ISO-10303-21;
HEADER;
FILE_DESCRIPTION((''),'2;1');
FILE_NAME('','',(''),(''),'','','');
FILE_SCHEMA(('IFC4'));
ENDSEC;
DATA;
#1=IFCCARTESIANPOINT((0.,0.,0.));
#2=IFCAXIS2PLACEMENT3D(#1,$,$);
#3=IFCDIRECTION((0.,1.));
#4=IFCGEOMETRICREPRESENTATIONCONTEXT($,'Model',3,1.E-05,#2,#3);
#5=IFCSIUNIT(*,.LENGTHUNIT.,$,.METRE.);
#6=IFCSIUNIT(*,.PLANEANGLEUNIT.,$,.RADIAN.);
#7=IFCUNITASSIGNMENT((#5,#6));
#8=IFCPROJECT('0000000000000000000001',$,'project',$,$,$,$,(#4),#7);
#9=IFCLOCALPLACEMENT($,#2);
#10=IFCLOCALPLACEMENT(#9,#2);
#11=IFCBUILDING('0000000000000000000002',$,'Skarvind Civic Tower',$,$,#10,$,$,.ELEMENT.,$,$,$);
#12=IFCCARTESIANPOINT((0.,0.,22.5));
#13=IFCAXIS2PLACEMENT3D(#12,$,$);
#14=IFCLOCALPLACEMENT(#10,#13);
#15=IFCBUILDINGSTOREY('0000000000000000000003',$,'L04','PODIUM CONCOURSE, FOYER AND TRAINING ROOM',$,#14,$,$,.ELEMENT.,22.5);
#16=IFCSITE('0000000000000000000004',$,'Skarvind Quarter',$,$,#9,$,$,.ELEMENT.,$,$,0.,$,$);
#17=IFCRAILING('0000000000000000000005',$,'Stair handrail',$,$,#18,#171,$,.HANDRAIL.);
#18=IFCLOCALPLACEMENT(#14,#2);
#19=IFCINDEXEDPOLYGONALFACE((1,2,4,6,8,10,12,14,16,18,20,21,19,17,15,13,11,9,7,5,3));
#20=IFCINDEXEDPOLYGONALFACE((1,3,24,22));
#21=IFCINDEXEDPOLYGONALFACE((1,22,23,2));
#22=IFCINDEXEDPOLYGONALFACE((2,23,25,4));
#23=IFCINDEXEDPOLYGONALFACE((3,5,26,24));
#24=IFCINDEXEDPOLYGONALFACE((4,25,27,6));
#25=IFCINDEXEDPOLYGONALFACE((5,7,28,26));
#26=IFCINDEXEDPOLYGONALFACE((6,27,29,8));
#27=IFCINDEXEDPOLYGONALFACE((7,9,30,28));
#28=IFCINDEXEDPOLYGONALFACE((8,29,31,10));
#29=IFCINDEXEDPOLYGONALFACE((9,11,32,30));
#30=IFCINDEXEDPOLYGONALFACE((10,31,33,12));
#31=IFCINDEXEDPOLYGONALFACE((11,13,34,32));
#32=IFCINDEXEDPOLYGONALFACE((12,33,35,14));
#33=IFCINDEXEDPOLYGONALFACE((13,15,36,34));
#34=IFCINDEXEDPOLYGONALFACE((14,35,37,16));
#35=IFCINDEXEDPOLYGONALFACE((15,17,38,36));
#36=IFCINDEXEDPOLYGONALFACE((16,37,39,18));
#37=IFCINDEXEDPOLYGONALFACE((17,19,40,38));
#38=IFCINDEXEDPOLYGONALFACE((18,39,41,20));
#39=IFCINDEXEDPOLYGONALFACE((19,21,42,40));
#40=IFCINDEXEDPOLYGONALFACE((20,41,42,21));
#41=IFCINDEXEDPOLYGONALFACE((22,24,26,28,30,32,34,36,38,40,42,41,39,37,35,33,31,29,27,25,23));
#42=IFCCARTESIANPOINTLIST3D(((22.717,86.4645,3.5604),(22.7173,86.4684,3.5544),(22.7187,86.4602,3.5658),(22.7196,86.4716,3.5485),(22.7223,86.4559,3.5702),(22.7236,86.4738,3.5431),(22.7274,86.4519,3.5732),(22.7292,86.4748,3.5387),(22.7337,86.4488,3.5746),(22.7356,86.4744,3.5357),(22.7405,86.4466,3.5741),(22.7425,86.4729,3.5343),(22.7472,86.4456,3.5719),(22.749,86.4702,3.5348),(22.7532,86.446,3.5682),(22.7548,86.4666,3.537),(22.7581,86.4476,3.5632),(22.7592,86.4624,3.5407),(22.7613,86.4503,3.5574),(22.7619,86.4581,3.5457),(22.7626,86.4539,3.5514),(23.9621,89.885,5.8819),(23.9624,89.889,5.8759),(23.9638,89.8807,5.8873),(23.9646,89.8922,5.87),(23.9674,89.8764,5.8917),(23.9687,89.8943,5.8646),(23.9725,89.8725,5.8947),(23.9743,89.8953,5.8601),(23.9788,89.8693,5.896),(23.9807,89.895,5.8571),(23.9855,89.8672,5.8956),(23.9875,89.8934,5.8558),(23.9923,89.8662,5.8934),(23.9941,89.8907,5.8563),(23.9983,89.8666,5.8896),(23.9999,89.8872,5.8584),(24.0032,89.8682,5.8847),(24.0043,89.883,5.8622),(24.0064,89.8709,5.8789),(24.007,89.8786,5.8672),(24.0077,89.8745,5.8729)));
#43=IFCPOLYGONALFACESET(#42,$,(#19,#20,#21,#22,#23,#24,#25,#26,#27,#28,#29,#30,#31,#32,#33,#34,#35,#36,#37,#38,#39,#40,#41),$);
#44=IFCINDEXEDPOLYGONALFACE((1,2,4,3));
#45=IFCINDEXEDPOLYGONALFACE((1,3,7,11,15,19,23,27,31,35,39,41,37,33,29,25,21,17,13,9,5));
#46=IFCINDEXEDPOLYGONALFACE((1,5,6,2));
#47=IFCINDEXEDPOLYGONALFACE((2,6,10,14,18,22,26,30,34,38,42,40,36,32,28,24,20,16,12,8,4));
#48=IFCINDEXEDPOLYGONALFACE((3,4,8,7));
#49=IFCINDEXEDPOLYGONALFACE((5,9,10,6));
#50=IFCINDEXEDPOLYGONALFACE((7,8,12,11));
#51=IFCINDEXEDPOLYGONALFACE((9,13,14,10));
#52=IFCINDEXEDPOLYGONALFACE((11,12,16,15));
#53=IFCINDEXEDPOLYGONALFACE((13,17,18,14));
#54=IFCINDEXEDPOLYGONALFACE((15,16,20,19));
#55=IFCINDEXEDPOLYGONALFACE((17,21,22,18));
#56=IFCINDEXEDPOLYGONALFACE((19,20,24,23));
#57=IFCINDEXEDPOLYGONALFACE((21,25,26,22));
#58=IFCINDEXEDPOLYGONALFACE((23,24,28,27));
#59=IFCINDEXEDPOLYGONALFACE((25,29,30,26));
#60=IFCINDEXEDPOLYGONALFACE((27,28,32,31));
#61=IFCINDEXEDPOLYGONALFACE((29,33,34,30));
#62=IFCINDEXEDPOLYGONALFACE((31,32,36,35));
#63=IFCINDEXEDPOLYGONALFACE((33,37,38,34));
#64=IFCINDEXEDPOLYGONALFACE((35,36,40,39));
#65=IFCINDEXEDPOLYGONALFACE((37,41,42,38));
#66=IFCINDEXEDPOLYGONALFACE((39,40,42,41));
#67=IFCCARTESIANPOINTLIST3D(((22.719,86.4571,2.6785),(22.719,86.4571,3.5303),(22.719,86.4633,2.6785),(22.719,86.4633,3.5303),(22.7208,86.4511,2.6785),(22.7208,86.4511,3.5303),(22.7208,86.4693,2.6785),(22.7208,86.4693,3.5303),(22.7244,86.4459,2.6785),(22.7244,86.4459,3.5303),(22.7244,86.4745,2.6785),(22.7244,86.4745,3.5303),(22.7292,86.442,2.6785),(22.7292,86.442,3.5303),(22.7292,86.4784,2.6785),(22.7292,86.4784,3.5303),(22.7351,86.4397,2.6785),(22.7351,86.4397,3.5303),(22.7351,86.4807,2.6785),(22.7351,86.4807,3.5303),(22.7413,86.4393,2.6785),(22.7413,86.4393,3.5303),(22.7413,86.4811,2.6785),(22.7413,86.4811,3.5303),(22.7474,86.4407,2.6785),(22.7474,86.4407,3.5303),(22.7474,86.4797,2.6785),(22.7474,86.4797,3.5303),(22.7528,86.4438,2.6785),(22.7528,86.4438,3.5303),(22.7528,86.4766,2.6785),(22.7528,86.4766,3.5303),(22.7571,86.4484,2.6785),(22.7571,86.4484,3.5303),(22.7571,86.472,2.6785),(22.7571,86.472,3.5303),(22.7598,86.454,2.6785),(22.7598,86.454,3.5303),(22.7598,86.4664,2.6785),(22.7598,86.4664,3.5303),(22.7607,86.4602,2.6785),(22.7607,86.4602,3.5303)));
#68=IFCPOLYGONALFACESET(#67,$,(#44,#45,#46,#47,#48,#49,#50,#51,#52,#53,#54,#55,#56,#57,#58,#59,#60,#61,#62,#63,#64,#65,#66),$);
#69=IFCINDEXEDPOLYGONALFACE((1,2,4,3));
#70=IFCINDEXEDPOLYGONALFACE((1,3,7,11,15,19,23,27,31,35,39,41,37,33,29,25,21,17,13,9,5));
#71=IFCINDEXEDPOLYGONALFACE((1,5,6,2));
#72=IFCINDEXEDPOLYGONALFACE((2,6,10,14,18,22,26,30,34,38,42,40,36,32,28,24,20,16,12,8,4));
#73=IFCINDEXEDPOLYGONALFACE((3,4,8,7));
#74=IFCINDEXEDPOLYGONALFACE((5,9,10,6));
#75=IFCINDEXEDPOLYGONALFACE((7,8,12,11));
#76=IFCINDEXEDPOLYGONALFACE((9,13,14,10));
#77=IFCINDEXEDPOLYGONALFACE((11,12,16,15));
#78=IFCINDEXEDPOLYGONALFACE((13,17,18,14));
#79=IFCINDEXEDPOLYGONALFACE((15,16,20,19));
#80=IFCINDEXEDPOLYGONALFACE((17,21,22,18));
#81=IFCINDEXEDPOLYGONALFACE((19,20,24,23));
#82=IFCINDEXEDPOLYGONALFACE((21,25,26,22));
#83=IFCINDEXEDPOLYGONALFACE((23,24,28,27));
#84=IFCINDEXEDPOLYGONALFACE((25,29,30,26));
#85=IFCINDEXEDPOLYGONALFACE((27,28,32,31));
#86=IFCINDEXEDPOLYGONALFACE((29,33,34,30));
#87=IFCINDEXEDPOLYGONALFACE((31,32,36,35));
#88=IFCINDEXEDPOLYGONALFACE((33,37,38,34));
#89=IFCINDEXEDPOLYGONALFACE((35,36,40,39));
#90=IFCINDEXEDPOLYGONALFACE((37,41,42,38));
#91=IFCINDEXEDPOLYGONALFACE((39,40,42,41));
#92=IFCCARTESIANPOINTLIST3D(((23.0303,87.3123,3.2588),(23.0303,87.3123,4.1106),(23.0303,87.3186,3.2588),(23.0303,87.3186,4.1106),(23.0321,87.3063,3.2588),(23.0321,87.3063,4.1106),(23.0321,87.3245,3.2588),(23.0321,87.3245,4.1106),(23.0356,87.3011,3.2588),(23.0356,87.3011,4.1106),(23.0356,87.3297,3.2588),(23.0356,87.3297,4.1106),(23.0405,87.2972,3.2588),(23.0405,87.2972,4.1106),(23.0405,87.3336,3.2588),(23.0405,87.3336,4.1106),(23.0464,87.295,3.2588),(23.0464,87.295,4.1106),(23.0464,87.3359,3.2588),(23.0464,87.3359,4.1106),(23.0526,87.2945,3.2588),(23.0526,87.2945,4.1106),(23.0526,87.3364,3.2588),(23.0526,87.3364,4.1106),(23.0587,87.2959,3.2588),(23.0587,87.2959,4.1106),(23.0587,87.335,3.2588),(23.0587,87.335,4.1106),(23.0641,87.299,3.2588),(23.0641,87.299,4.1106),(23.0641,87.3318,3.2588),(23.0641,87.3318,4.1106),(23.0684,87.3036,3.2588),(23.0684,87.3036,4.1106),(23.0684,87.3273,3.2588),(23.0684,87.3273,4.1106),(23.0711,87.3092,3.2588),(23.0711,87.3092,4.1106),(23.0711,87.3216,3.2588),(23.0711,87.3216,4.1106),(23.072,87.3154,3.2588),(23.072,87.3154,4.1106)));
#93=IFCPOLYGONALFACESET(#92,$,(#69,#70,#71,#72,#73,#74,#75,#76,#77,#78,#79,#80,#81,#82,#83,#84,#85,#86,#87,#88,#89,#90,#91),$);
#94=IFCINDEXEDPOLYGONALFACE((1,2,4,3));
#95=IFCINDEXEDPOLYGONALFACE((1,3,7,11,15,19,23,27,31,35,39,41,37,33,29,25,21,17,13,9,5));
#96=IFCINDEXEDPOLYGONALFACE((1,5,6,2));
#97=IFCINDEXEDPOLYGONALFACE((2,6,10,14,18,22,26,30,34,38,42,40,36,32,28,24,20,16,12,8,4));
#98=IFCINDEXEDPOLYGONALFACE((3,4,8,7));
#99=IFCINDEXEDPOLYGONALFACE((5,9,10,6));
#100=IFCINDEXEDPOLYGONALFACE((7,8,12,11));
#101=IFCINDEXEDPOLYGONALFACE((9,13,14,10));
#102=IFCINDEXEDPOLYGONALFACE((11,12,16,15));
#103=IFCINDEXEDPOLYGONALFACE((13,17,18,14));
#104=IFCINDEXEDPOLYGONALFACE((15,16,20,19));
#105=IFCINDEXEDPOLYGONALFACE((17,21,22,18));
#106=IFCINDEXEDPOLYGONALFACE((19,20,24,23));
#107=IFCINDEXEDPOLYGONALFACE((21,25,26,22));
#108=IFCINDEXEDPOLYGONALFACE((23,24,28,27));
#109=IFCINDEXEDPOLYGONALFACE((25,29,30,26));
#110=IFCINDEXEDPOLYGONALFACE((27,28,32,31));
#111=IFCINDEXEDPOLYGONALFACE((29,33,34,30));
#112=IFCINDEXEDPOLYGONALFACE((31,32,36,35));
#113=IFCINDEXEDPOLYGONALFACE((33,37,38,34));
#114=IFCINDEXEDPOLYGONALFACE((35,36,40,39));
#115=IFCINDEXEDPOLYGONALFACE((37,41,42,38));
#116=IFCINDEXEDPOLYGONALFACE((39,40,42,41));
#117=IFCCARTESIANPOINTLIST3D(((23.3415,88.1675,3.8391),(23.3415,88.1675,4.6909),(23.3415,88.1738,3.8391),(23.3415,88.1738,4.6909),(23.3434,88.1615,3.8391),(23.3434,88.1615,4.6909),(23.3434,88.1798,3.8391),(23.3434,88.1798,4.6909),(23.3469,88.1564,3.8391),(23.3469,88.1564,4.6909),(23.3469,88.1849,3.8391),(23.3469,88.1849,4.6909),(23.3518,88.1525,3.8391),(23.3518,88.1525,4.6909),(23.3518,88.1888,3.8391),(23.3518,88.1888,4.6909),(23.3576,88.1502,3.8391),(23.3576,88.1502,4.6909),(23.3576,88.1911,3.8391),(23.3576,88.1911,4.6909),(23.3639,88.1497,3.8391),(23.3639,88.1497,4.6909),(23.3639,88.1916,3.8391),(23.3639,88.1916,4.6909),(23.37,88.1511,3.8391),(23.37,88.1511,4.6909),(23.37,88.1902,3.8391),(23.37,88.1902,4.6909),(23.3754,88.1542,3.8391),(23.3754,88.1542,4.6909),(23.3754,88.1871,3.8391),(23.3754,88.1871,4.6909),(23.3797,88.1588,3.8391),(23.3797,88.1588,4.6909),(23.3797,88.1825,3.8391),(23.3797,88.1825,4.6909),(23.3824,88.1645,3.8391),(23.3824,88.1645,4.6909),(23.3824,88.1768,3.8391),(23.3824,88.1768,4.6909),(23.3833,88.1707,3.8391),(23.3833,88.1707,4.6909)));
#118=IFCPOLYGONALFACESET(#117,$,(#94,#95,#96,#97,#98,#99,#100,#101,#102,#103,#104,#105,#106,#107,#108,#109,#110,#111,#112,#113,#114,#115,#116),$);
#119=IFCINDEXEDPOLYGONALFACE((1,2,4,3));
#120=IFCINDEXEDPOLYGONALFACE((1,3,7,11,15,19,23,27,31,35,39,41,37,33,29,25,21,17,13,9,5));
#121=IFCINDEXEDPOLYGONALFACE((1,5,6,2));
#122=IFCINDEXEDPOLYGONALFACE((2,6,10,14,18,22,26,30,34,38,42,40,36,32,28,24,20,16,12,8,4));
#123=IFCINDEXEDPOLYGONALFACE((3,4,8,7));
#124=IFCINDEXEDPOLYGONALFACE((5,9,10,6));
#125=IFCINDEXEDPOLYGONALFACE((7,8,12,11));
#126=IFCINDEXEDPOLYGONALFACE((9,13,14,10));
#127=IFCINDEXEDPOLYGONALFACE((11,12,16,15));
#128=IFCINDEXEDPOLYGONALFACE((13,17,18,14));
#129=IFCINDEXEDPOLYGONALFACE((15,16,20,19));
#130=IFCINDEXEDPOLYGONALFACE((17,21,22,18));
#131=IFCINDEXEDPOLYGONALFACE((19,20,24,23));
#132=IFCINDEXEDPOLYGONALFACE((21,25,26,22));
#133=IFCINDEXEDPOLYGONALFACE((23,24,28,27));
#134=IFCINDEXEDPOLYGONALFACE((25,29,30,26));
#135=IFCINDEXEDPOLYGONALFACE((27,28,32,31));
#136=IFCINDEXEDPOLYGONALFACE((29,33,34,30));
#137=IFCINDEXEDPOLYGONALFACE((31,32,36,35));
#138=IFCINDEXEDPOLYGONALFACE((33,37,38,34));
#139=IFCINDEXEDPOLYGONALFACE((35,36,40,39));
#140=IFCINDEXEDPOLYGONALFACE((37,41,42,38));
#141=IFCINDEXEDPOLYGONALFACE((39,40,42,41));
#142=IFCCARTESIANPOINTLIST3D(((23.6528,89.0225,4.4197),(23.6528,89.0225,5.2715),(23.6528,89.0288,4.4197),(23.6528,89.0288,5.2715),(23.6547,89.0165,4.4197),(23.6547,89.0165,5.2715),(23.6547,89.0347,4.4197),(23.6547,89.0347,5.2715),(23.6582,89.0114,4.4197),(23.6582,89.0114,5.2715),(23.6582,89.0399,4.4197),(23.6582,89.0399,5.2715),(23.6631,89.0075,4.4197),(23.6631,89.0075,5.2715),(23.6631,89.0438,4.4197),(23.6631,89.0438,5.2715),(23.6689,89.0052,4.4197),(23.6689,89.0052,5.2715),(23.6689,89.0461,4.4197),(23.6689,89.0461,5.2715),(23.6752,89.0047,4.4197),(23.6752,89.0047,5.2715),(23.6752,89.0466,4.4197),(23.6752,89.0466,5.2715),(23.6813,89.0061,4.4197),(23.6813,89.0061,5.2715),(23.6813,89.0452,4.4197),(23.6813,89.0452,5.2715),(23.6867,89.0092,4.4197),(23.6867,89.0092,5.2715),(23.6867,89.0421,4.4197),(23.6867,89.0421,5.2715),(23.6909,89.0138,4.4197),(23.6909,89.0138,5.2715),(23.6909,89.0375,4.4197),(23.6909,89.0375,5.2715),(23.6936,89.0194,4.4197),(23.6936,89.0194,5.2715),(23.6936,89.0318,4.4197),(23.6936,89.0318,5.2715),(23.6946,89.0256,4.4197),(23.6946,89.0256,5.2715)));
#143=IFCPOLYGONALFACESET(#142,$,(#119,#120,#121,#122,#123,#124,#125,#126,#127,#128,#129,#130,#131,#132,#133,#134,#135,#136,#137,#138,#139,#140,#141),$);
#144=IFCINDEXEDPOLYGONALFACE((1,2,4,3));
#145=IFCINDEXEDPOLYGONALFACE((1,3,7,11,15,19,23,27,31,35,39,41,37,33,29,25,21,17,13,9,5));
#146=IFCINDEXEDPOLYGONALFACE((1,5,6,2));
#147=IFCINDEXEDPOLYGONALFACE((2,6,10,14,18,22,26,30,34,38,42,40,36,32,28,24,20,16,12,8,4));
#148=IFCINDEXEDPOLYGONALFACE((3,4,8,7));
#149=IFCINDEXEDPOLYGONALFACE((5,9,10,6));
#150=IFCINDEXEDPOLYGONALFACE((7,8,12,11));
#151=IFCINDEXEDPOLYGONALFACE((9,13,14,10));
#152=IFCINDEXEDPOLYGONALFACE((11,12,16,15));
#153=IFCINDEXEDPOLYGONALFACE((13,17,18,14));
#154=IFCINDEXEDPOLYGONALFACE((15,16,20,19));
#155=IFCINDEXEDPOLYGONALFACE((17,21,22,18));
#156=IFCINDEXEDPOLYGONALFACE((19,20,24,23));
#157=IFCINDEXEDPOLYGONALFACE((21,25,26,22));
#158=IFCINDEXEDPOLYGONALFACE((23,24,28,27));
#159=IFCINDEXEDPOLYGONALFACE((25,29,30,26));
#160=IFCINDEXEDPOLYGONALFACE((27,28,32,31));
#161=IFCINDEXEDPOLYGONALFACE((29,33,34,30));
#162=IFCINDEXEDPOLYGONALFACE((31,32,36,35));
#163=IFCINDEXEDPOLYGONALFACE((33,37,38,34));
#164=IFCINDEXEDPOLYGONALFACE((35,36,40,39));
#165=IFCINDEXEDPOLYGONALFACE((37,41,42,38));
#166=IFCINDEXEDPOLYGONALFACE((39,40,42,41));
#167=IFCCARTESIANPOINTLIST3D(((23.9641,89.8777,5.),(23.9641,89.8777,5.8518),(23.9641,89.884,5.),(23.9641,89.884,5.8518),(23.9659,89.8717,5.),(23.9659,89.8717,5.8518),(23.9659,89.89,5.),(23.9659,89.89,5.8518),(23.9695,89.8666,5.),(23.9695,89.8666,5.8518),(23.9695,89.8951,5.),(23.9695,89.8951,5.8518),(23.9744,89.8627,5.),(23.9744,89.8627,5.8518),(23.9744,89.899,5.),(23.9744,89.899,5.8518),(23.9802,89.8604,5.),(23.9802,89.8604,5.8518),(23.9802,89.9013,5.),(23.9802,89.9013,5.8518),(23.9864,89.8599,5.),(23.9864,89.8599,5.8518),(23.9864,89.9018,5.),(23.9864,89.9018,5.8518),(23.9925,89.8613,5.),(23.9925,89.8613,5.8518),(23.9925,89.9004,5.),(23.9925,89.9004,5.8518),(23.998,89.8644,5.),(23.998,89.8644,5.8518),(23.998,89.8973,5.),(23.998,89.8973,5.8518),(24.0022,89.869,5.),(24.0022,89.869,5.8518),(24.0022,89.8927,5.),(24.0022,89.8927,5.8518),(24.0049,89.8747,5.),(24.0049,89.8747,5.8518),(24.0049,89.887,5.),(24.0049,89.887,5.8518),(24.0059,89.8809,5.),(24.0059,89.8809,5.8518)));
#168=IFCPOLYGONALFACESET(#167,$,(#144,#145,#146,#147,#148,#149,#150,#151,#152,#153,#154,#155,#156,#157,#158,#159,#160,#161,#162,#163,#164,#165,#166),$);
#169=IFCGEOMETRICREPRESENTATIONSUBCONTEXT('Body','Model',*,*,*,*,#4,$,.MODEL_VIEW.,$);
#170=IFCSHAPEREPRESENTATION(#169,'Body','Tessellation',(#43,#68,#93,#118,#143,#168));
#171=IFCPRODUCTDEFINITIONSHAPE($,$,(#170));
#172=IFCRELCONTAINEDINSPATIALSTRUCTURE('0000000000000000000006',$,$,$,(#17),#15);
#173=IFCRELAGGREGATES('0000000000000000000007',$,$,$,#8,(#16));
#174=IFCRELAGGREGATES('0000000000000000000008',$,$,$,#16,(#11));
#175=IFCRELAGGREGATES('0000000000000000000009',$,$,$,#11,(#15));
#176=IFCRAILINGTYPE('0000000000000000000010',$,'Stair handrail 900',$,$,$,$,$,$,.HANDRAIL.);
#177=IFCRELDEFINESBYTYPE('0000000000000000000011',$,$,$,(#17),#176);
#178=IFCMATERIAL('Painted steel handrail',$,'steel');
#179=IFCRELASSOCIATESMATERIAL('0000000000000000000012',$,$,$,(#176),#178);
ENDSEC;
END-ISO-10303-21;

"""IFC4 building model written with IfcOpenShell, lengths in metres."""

from ifc_helpers import new_model, si_unit, direction, frame, origin, origin_2d, place, context, subcontext, project, spatial, circle, extrude, material, type_object, element, save


model = new_model("IFC4")

# Units and contexts
model_context = context("Model", 3, precision=1e-05, world=origin(), true_north=direction((0.0, 1.0)))
body_context = subcontext(model_context, "Body", "Model", "MODEL_VIEW")
ifc_project = project(units=[si_unit("LENGTHUNIT", "METRE"), si_unit("PLANEANGLEUNIT", "RADIAN")], contexts=[model_context])

# Site, building, storey
site_placement = place(None, origin())
site = spatial("IfcSite", under=ifc_project, at=site_placement, Name="Skarvind Quarter", CompositionType="ELEMENT", RefElevation=0.0)
building_placement = place(site_placement, origin())
building = spatial("IfcBuilding", under=site, at=building_placement, Name="Skarvind Civic Tower", CompositionType="ELEMENT")
storey_placement = place(building_placement, frame((0.0, 0.0, 22.5)))
storey = spatial("IfcBuildingStorey", under=building, at=storey_placement, Name="L04", Description="PODIUM CONCOURSE, FOYER AND TRAINING ROOM", CompositionType="ELEMENT", Elevation=22.5)

# Railing
ifc_material_1 = material(Name="Painted steel handrail", Category="steel")
railing_type = type_object("IfcRailingType", Name="Stair handrail 900", PredefinedType="HANDRAIL", material=ifc_material_1)
railing_1_placement = place(storey_placement, frame((22.7397, 86.4602, 2.6785)))
element("IfcRailing", 1, at=railing_1_placement, inside=storey, type_object=railing_type, Name="Stair handrail", PredefinedType="HANDRAIL", context=body_context, shape_type="SweptSolid", body=[
    extrude(circle(Radius=0.0239, at=origin_2d()), frame((0.0, 0.0, 0.876), z_axis=(0.288389, 0.792279, 0.537705), x_axis=(-0.939684, 0.342045, 0.0)), (0.0, 0.0, 1.0), 4.3174),
    extrude(circle(Radius=0.021, at=origin_2d()), origin(), (0.0, 0.0, 1.0), 0.8518),
    extrude(circle(Radius=0.021, at=origin_2d()), frame((0.3113, 0.8552, 0.5803)), (0.0, 0.0, 1.0), 0.8518),
    extrude(circle(Radius=0.021, at=origin_2d()), frame((0.6226, 1.7104, 1.1606)), (0.0, 0.0, 1.0), 0.8518),
    extrude(circle(Radius=0.021, at=origin_2d()), frame((0.9338, 2.5654, 1.7412)), (0.0, 0.0, 1.0), 0.8518),
    extrude(circle(Radius=0.021, at=origin_2d()), frame((1.2451, 3.4207, 2.3215)), (0.0, 0.0, 1.0), 0.8518),
])

save(model, "model.ifc")
